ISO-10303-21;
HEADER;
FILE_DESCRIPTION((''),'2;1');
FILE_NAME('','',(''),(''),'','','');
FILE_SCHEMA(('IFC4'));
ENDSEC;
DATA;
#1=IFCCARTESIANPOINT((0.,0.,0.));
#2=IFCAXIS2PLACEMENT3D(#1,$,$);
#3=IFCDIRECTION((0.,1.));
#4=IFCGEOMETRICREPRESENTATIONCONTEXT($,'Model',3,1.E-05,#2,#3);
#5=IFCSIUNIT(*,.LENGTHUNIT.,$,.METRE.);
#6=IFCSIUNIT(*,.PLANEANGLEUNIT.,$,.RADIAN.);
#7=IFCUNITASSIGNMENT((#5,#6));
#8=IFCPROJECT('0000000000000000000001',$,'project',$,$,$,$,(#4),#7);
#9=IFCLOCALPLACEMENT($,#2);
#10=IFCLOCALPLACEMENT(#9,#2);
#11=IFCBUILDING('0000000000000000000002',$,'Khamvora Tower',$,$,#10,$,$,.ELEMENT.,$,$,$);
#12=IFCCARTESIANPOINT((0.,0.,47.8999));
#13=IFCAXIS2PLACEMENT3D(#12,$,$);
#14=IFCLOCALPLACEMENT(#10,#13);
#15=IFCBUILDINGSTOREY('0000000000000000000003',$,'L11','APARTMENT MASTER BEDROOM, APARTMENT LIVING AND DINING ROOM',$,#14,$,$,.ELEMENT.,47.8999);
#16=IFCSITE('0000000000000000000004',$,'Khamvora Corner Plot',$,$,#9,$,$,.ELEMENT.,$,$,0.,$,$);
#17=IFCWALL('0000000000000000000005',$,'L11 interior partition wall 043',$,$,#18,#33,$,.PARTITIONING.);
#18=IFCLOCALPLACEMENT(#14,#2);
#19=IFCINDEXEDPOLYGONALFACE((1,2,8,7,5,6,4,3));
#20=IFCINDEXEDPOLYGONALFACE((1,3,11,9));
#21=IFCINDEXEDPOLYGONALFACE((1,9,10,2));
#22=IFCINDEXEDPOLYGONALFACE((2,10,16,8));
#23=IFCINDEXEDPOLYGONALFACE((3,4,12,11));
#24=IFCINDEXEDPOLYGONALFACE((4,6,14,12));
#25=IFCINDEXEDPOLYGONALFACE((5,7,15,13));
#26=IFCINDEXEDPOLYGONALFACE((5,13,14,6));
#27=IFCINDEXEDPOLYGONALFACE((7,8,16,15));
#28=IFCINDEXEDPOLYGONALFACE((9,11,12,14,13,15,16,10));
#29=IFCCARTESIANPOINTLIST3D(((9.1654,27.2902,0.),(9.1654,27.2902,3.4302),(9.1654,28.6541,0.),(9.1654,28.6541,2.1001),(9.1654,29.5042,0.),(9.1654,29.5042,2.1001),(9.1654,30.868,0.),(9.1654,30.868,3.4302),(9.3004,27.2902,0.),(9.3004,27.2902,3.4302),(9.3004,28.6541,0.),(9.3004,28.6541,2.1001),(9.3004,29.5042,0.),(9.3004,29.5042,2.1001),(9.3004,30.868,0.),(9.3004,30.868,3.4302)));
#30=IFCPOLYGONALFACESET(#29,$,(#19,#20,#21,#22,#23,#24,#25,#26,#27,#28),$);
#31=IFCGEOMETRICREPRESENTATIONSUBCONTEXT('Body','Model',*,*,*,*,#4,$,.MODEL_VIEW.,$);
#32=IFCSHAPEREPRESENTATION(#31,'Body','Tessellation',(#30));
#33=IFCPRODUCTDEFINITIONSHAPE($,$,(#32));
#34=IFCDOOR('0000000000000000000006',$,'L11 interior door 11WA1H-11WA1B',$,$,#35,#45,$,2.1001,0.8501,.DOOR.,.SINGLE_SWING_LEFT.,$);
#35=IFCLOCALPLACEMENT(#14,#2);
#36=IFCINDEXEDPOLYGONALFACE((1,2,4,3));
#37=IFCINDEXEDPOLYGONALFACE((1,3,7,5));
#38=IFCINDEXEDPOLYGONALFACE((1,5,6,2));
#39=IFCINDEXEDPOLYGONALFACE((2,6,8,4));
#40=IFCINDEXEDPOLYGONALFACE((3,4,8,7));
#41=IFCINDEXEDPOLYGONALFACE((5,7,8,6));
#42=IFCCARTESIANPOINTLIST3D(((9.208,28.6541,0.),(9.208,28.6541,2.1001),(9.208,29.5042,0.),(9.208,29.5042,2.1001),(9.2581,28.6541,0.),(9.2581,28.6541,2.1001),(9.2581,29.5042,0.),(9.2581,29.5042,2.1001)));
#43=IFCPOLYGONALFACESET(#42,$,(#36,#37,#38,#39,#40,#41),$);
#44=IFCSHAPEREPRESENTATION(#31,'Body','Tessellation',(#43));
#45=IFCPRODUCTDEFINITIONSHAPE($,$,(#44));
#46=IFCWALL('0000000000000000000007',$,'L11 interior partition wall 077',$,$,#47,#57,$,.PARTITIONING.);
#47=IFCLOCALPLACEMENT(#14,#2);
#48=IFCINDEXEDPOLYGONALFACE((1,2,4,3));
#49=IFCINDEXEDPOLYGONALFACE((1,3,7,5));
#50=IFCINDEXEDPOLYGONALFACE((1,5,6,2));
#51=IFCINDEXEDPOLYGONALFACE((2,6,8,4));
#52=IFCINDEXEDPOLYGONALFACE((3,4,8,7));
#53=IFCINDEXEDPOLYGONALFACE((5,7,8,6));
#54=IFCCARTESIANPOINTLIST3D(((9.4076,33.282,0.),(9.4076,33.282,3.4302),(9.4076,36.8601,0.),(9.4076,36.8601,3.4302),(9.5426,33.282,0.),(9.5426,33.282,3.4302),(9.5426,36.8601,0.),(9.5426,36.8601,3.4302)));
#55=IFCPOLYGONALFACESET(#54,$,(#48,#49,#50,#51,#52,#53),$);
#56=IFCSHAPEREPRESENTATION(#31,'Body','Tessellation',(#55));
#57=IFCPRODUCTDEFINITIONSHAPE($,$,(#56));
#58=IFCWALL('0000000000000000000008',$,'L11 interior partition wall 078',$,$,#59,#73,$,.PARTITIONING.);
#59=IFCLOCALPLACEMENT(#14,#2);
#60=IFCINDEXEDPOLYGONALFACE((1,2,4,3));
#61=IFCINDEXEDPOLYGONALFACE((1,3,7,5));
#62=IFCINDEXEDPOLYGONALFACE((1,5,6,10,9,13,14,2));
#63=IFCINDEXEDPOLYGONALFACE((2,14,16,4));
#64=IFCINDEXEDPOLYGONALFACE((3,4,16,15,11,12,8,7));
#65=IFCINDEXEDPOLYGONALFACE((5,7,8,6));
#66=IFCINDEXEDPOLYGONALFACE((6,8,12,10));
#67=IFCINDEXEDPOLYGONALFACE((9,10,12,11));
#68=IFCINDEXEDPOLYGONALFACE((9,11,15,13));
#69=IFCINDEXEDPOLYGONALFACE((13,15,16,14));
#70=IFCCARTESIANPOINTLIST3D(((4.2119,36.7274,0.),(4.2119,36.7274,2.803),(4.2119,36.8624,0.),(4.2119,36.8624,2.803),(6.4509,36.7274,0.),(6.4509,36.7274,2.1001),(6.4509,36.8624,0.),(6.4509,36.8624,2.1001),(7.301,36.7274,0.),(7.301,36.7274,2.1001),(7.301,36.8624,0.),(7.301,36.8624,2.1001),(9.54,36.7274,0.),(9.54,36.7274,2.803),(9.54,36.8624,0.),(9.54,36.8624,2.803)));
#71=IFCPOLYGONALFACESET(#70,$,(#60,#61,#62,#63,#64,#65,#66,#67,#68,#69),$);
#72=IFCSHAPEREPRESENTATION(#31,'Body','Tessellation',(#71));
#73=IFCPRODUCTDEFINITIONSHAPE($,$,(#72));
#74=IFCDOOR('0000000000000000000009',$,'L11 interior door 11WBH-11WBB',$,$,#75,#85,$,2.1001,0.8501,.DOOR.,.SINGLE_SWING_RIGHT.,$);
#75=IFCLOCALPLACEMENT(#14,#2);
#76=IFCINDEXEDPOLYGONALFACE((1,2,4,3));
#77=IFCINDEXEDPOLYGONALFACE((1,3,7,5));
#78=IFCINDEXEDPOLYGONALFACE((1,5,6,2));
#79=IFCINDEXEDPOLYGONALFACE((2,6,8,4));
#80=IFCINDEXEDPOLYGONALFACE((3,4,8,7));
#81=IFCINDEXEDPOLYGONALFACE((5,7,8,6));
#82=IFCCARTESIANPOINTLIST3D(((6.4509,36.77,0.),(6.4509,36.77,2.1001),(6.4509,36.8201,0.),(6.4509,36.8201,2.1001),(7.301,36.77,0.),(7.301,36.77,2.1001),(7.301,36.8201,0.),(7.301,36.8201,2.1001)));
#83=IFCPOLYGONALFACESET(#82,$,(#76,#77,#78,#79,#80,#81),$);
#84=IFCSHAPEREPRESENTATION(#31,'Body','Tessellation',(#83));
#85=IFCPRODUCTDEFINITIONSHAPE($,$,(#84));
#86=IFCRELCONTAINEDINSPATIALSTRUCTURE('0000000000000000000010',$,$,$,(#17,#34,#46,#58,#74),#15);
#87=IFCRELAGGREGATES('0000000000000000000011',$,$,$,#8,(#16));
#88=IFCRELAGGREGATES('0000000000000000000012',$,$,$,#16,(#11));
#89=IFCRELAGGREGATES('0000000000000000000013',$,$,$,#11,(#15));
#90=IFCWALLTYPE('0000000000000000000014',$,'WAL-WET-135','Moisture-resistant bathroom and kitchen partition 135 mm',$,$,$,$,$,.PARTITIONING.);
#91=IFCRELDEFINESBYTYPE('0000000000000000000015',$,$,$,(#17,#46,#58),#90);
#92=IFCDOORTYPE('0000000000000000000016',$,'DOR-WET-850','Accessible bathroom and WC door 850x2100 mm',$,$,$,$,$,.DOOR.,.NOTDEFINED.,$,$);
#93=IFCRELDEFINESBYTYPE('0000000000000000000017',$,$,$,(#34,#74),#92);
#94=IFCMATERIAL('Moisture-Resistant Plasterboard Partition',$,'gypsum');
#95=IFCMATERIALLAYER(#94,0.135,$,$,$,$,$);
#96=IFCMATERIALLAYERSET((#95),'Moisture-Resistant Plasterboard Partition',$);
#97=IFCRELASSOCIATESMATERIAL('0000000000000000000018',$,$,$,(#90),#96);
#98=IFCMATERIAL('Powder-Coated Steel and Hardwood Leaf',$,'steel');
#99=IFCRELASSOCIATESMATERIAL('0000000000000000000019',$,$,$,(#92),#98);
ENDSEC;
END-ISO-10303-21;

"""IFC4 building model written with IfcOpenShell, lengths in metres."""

from ifc_helpers import new_model, si_unit, direction, frame, frame_2d, origin, place, context, subcontext, project, spatial, rectangle, extrude, material, layer, layer_set, type_object, element, fill, save


model = new_model("IFC4")

# Units and contexts
model_context = context("Model", 3, precision=1e-05, world=origin(), true_north=direction((0.0, 1.0)))
body_context = subcontext(model_context, "Body", "Model", "MODEL_VIEW")
ifc_project = project(units=[si_unit("LENGTHUNIT", "METRE"), si_unit("PLANEANGLEUNIT", "RADIAN")], contexts=[model_context])

# Site, building, storey
site_placement = place(None, origin())
site = spatial("IfcSite", under=ifc_project, at=site_placement, Name="Khamvora Corner Plot", CompositionType="ELEMENT", RefElevation=0.0)
building_placement = place(site_placement, origin())
building = spatial("IfcBuilding", under=site, at=building_placement, Name="Khamvora Tower", CompositionType="ELEMENT")
storey_placement = place(building_placement, frame((0.0, 0.0, 47.8999)))
storey = spatial("IfcBuildingStorey", under=building, at=storey_placement, Name="L11", Description="APARTMENT MASTER BEDROOM, APARTMENT LIVING AND DINING ROOM", CompositionType="ELEMENT", Elevation=47.8999)

# Shared definitions
ifc_material_1 = material(Name="Powder-Coated Steel and Hardwood Leaf", Category="steel")

# Shared definitions
ifc_material_2 = material(Name="Moisture-Resistant Plasterboard Partition", Category="gypsum")
ifc_layer_1 = layer(ifc_material_2, 0.135)
ifc_layer_set_1 = layer_set([ifc_layer_1], Name="Moisture-Resistant Plasterboard Partition")
wall_type_1 = type_object("IfcWallType", Name="WAL-WET-135", Description="Moisture-resistant bathroom and kitchen partition 135 mm", PredefinedType="PARTITIONING", material=ifc_layer_set_1)

# Wall, opening, door
wall_1_placement = place(storey_placement, frame((9.2329, 27.29, 0.0), z_axis=(0.0, 0.0, 1.0), x_axis=(0.0, 1.0, 0.0)))
wall_1 = element("IfcWall", 1, at=wall_1_placement, inside=storey, type_object=wall_type_1, Name="L11 interior partition wall 043", PredefinedType="PARTITIONING", context=body_context, shape_type="SweptSolid", body=[
    extrude(rectangle(XDim=3.5779, YDim=0.135, at=frame_2d((1.7891, 0.0))), origin(), (0.0, 0.0, 1.0), 3.4302),
])
opening_1_placement = place(wall_1_placement, frame((1.364, 0.0, 0.0)))
opening_1 = element("IfcOpeningElement", 2, at=opening_1_placement, cuts=wall_1, PredefinedType="OPENING", context=body_context, shape_type="SweptSolid", body=[
    extrude(rectangle(XDim=0.8501, YDim=2.1001, at=frame_2d((0.425, 1.05))), frame((0.0, 0.0774, 0.0), z_axis=(0.0, -1.0, 0.0), x_axis=(1.0, 0.0, 0.0)), (0.0, 0.0, 1.0), 0.155),
])
door_type_1 = type_object("IfcDoorType", Name="DOR-WET-850", Description="Accessible bathroom and WC door 850x2100 mm", OperationType="NOTDEFINED", PredefinedType="DOOR", material=ifc_material_1)
door_1_placement = place(opening_1_placement, origin())
door_1 = element("IfcDoor", 3, at=door_1_placement, inside=storey, type_object=door_type_1, Name="L11 interior door 11WA1H-11WA1B", OperationType="SINGLE_SWING_LEFT", OverallHeight=2.1001, OverallWidth=0.8501, PredefinedType="DOOR", context=body_context, shape_type="SweptSolid", body=[
    extrude(rectangle(XDim=0.8501, YDim=2.1001, at=frame_2d((0.425, 1.05))), frame((0.0, 0.0249, 0.0), z_axis=(0.0, -1.0, 0.0), x_axis=(1.0, 0.0, 0.0)), (0.0, 0.0, 1.0), 0.05),
])
fill(opening_1, door_1)

# Wall
wall_2_placement = place(storey_placement, frame((9.4751, 33.282, 0.0), z_axis=(0.0, 0.0, 1.0), x_axis=(0.0, 1.0, 0.0)))
element("IfcWall", 4, at=wall_2_placement, inside=storey, type_object=wall_type_1, Name="L11 interior partition wall 077", PredefinedType="PARTITIONING", context=body_context, shape_type="SweptSolid", body=[
    extrude(rectangle(XDim=3.5781, YDim=0.135, at=frame_2d((1.7891, 0.0))), origin(), (0.0, 0.0, 1.0), 3.4302),
])

# Wall, opening, door
wall_3_placement = place(storey_placement, frame((9.54, 36.7949, 0.0), z_axis=(0.0, 0.0, 1.0), x_axis=(-1.0, 0.0, 0.0)))
wall_3 = element("IfcWall", 5, at=wall_3_placement, inside=storey, type_object=wall_type_1, Name="L11 interior partition wall 078", PredefinedType="PARTITIONING", context=body_context, shape_type="SweptSolid", body=[
    extrude(rectangle(XDim=5.3281, YDim=0.135, at=frame_2d((2.6641, 0.0))), origin(), (0.0, 0.0, 1.0), 2.803),
])
opening_2_placement = place(wall_3_placement, frame((2.239, 0.0, 0.0)))
opening_2 = element("IfcOpeningElement", 6, at=opening_2_placement, cuts=wall_3, PredefinedType="OPENING", context=body_context, shape_type="SweptSolid", body=[
    extrude(rectangle(XDim=0.8501, YDim=2.1001, at=frame_2d((0.425, 1.05))), frame((0.0, 0.0774, 0.0), z_axis=(0.0, -1.0, 0.0), x_axis=(1.0, 0.0, 0.0)), (0.0, 0.0, 1.0), 0.155),
])
door_2_placement = place(opening_2_placement, origin())
door_2 = element("IfcDoor", 7, at=door_2_placement, inside=storey, type_object=door_type_1, Name="L11 interior door 11WBH-11WBB", OperationType="SINGLE_SWING_RIGHT", OverallHeight=2.1001, OverallWidth=0.8501, PredefinedType="DOOR", context=body_context, shape_type="SweptSolid", body=[
    extrude(rectangle(XDim=0.8501, YDim=2.1001, at=frame_2d((0.425, 1.05))), frame((0.0, 0.0249, 0.0), z_axis=(0.0, -1.0, 0.0), x_axis=(1.0, 0.0, 0.0)), (0.0, 0.0, 1.0), 0.05),
])
fill(opening_2, door_2)

save(model, "model.ifc")
